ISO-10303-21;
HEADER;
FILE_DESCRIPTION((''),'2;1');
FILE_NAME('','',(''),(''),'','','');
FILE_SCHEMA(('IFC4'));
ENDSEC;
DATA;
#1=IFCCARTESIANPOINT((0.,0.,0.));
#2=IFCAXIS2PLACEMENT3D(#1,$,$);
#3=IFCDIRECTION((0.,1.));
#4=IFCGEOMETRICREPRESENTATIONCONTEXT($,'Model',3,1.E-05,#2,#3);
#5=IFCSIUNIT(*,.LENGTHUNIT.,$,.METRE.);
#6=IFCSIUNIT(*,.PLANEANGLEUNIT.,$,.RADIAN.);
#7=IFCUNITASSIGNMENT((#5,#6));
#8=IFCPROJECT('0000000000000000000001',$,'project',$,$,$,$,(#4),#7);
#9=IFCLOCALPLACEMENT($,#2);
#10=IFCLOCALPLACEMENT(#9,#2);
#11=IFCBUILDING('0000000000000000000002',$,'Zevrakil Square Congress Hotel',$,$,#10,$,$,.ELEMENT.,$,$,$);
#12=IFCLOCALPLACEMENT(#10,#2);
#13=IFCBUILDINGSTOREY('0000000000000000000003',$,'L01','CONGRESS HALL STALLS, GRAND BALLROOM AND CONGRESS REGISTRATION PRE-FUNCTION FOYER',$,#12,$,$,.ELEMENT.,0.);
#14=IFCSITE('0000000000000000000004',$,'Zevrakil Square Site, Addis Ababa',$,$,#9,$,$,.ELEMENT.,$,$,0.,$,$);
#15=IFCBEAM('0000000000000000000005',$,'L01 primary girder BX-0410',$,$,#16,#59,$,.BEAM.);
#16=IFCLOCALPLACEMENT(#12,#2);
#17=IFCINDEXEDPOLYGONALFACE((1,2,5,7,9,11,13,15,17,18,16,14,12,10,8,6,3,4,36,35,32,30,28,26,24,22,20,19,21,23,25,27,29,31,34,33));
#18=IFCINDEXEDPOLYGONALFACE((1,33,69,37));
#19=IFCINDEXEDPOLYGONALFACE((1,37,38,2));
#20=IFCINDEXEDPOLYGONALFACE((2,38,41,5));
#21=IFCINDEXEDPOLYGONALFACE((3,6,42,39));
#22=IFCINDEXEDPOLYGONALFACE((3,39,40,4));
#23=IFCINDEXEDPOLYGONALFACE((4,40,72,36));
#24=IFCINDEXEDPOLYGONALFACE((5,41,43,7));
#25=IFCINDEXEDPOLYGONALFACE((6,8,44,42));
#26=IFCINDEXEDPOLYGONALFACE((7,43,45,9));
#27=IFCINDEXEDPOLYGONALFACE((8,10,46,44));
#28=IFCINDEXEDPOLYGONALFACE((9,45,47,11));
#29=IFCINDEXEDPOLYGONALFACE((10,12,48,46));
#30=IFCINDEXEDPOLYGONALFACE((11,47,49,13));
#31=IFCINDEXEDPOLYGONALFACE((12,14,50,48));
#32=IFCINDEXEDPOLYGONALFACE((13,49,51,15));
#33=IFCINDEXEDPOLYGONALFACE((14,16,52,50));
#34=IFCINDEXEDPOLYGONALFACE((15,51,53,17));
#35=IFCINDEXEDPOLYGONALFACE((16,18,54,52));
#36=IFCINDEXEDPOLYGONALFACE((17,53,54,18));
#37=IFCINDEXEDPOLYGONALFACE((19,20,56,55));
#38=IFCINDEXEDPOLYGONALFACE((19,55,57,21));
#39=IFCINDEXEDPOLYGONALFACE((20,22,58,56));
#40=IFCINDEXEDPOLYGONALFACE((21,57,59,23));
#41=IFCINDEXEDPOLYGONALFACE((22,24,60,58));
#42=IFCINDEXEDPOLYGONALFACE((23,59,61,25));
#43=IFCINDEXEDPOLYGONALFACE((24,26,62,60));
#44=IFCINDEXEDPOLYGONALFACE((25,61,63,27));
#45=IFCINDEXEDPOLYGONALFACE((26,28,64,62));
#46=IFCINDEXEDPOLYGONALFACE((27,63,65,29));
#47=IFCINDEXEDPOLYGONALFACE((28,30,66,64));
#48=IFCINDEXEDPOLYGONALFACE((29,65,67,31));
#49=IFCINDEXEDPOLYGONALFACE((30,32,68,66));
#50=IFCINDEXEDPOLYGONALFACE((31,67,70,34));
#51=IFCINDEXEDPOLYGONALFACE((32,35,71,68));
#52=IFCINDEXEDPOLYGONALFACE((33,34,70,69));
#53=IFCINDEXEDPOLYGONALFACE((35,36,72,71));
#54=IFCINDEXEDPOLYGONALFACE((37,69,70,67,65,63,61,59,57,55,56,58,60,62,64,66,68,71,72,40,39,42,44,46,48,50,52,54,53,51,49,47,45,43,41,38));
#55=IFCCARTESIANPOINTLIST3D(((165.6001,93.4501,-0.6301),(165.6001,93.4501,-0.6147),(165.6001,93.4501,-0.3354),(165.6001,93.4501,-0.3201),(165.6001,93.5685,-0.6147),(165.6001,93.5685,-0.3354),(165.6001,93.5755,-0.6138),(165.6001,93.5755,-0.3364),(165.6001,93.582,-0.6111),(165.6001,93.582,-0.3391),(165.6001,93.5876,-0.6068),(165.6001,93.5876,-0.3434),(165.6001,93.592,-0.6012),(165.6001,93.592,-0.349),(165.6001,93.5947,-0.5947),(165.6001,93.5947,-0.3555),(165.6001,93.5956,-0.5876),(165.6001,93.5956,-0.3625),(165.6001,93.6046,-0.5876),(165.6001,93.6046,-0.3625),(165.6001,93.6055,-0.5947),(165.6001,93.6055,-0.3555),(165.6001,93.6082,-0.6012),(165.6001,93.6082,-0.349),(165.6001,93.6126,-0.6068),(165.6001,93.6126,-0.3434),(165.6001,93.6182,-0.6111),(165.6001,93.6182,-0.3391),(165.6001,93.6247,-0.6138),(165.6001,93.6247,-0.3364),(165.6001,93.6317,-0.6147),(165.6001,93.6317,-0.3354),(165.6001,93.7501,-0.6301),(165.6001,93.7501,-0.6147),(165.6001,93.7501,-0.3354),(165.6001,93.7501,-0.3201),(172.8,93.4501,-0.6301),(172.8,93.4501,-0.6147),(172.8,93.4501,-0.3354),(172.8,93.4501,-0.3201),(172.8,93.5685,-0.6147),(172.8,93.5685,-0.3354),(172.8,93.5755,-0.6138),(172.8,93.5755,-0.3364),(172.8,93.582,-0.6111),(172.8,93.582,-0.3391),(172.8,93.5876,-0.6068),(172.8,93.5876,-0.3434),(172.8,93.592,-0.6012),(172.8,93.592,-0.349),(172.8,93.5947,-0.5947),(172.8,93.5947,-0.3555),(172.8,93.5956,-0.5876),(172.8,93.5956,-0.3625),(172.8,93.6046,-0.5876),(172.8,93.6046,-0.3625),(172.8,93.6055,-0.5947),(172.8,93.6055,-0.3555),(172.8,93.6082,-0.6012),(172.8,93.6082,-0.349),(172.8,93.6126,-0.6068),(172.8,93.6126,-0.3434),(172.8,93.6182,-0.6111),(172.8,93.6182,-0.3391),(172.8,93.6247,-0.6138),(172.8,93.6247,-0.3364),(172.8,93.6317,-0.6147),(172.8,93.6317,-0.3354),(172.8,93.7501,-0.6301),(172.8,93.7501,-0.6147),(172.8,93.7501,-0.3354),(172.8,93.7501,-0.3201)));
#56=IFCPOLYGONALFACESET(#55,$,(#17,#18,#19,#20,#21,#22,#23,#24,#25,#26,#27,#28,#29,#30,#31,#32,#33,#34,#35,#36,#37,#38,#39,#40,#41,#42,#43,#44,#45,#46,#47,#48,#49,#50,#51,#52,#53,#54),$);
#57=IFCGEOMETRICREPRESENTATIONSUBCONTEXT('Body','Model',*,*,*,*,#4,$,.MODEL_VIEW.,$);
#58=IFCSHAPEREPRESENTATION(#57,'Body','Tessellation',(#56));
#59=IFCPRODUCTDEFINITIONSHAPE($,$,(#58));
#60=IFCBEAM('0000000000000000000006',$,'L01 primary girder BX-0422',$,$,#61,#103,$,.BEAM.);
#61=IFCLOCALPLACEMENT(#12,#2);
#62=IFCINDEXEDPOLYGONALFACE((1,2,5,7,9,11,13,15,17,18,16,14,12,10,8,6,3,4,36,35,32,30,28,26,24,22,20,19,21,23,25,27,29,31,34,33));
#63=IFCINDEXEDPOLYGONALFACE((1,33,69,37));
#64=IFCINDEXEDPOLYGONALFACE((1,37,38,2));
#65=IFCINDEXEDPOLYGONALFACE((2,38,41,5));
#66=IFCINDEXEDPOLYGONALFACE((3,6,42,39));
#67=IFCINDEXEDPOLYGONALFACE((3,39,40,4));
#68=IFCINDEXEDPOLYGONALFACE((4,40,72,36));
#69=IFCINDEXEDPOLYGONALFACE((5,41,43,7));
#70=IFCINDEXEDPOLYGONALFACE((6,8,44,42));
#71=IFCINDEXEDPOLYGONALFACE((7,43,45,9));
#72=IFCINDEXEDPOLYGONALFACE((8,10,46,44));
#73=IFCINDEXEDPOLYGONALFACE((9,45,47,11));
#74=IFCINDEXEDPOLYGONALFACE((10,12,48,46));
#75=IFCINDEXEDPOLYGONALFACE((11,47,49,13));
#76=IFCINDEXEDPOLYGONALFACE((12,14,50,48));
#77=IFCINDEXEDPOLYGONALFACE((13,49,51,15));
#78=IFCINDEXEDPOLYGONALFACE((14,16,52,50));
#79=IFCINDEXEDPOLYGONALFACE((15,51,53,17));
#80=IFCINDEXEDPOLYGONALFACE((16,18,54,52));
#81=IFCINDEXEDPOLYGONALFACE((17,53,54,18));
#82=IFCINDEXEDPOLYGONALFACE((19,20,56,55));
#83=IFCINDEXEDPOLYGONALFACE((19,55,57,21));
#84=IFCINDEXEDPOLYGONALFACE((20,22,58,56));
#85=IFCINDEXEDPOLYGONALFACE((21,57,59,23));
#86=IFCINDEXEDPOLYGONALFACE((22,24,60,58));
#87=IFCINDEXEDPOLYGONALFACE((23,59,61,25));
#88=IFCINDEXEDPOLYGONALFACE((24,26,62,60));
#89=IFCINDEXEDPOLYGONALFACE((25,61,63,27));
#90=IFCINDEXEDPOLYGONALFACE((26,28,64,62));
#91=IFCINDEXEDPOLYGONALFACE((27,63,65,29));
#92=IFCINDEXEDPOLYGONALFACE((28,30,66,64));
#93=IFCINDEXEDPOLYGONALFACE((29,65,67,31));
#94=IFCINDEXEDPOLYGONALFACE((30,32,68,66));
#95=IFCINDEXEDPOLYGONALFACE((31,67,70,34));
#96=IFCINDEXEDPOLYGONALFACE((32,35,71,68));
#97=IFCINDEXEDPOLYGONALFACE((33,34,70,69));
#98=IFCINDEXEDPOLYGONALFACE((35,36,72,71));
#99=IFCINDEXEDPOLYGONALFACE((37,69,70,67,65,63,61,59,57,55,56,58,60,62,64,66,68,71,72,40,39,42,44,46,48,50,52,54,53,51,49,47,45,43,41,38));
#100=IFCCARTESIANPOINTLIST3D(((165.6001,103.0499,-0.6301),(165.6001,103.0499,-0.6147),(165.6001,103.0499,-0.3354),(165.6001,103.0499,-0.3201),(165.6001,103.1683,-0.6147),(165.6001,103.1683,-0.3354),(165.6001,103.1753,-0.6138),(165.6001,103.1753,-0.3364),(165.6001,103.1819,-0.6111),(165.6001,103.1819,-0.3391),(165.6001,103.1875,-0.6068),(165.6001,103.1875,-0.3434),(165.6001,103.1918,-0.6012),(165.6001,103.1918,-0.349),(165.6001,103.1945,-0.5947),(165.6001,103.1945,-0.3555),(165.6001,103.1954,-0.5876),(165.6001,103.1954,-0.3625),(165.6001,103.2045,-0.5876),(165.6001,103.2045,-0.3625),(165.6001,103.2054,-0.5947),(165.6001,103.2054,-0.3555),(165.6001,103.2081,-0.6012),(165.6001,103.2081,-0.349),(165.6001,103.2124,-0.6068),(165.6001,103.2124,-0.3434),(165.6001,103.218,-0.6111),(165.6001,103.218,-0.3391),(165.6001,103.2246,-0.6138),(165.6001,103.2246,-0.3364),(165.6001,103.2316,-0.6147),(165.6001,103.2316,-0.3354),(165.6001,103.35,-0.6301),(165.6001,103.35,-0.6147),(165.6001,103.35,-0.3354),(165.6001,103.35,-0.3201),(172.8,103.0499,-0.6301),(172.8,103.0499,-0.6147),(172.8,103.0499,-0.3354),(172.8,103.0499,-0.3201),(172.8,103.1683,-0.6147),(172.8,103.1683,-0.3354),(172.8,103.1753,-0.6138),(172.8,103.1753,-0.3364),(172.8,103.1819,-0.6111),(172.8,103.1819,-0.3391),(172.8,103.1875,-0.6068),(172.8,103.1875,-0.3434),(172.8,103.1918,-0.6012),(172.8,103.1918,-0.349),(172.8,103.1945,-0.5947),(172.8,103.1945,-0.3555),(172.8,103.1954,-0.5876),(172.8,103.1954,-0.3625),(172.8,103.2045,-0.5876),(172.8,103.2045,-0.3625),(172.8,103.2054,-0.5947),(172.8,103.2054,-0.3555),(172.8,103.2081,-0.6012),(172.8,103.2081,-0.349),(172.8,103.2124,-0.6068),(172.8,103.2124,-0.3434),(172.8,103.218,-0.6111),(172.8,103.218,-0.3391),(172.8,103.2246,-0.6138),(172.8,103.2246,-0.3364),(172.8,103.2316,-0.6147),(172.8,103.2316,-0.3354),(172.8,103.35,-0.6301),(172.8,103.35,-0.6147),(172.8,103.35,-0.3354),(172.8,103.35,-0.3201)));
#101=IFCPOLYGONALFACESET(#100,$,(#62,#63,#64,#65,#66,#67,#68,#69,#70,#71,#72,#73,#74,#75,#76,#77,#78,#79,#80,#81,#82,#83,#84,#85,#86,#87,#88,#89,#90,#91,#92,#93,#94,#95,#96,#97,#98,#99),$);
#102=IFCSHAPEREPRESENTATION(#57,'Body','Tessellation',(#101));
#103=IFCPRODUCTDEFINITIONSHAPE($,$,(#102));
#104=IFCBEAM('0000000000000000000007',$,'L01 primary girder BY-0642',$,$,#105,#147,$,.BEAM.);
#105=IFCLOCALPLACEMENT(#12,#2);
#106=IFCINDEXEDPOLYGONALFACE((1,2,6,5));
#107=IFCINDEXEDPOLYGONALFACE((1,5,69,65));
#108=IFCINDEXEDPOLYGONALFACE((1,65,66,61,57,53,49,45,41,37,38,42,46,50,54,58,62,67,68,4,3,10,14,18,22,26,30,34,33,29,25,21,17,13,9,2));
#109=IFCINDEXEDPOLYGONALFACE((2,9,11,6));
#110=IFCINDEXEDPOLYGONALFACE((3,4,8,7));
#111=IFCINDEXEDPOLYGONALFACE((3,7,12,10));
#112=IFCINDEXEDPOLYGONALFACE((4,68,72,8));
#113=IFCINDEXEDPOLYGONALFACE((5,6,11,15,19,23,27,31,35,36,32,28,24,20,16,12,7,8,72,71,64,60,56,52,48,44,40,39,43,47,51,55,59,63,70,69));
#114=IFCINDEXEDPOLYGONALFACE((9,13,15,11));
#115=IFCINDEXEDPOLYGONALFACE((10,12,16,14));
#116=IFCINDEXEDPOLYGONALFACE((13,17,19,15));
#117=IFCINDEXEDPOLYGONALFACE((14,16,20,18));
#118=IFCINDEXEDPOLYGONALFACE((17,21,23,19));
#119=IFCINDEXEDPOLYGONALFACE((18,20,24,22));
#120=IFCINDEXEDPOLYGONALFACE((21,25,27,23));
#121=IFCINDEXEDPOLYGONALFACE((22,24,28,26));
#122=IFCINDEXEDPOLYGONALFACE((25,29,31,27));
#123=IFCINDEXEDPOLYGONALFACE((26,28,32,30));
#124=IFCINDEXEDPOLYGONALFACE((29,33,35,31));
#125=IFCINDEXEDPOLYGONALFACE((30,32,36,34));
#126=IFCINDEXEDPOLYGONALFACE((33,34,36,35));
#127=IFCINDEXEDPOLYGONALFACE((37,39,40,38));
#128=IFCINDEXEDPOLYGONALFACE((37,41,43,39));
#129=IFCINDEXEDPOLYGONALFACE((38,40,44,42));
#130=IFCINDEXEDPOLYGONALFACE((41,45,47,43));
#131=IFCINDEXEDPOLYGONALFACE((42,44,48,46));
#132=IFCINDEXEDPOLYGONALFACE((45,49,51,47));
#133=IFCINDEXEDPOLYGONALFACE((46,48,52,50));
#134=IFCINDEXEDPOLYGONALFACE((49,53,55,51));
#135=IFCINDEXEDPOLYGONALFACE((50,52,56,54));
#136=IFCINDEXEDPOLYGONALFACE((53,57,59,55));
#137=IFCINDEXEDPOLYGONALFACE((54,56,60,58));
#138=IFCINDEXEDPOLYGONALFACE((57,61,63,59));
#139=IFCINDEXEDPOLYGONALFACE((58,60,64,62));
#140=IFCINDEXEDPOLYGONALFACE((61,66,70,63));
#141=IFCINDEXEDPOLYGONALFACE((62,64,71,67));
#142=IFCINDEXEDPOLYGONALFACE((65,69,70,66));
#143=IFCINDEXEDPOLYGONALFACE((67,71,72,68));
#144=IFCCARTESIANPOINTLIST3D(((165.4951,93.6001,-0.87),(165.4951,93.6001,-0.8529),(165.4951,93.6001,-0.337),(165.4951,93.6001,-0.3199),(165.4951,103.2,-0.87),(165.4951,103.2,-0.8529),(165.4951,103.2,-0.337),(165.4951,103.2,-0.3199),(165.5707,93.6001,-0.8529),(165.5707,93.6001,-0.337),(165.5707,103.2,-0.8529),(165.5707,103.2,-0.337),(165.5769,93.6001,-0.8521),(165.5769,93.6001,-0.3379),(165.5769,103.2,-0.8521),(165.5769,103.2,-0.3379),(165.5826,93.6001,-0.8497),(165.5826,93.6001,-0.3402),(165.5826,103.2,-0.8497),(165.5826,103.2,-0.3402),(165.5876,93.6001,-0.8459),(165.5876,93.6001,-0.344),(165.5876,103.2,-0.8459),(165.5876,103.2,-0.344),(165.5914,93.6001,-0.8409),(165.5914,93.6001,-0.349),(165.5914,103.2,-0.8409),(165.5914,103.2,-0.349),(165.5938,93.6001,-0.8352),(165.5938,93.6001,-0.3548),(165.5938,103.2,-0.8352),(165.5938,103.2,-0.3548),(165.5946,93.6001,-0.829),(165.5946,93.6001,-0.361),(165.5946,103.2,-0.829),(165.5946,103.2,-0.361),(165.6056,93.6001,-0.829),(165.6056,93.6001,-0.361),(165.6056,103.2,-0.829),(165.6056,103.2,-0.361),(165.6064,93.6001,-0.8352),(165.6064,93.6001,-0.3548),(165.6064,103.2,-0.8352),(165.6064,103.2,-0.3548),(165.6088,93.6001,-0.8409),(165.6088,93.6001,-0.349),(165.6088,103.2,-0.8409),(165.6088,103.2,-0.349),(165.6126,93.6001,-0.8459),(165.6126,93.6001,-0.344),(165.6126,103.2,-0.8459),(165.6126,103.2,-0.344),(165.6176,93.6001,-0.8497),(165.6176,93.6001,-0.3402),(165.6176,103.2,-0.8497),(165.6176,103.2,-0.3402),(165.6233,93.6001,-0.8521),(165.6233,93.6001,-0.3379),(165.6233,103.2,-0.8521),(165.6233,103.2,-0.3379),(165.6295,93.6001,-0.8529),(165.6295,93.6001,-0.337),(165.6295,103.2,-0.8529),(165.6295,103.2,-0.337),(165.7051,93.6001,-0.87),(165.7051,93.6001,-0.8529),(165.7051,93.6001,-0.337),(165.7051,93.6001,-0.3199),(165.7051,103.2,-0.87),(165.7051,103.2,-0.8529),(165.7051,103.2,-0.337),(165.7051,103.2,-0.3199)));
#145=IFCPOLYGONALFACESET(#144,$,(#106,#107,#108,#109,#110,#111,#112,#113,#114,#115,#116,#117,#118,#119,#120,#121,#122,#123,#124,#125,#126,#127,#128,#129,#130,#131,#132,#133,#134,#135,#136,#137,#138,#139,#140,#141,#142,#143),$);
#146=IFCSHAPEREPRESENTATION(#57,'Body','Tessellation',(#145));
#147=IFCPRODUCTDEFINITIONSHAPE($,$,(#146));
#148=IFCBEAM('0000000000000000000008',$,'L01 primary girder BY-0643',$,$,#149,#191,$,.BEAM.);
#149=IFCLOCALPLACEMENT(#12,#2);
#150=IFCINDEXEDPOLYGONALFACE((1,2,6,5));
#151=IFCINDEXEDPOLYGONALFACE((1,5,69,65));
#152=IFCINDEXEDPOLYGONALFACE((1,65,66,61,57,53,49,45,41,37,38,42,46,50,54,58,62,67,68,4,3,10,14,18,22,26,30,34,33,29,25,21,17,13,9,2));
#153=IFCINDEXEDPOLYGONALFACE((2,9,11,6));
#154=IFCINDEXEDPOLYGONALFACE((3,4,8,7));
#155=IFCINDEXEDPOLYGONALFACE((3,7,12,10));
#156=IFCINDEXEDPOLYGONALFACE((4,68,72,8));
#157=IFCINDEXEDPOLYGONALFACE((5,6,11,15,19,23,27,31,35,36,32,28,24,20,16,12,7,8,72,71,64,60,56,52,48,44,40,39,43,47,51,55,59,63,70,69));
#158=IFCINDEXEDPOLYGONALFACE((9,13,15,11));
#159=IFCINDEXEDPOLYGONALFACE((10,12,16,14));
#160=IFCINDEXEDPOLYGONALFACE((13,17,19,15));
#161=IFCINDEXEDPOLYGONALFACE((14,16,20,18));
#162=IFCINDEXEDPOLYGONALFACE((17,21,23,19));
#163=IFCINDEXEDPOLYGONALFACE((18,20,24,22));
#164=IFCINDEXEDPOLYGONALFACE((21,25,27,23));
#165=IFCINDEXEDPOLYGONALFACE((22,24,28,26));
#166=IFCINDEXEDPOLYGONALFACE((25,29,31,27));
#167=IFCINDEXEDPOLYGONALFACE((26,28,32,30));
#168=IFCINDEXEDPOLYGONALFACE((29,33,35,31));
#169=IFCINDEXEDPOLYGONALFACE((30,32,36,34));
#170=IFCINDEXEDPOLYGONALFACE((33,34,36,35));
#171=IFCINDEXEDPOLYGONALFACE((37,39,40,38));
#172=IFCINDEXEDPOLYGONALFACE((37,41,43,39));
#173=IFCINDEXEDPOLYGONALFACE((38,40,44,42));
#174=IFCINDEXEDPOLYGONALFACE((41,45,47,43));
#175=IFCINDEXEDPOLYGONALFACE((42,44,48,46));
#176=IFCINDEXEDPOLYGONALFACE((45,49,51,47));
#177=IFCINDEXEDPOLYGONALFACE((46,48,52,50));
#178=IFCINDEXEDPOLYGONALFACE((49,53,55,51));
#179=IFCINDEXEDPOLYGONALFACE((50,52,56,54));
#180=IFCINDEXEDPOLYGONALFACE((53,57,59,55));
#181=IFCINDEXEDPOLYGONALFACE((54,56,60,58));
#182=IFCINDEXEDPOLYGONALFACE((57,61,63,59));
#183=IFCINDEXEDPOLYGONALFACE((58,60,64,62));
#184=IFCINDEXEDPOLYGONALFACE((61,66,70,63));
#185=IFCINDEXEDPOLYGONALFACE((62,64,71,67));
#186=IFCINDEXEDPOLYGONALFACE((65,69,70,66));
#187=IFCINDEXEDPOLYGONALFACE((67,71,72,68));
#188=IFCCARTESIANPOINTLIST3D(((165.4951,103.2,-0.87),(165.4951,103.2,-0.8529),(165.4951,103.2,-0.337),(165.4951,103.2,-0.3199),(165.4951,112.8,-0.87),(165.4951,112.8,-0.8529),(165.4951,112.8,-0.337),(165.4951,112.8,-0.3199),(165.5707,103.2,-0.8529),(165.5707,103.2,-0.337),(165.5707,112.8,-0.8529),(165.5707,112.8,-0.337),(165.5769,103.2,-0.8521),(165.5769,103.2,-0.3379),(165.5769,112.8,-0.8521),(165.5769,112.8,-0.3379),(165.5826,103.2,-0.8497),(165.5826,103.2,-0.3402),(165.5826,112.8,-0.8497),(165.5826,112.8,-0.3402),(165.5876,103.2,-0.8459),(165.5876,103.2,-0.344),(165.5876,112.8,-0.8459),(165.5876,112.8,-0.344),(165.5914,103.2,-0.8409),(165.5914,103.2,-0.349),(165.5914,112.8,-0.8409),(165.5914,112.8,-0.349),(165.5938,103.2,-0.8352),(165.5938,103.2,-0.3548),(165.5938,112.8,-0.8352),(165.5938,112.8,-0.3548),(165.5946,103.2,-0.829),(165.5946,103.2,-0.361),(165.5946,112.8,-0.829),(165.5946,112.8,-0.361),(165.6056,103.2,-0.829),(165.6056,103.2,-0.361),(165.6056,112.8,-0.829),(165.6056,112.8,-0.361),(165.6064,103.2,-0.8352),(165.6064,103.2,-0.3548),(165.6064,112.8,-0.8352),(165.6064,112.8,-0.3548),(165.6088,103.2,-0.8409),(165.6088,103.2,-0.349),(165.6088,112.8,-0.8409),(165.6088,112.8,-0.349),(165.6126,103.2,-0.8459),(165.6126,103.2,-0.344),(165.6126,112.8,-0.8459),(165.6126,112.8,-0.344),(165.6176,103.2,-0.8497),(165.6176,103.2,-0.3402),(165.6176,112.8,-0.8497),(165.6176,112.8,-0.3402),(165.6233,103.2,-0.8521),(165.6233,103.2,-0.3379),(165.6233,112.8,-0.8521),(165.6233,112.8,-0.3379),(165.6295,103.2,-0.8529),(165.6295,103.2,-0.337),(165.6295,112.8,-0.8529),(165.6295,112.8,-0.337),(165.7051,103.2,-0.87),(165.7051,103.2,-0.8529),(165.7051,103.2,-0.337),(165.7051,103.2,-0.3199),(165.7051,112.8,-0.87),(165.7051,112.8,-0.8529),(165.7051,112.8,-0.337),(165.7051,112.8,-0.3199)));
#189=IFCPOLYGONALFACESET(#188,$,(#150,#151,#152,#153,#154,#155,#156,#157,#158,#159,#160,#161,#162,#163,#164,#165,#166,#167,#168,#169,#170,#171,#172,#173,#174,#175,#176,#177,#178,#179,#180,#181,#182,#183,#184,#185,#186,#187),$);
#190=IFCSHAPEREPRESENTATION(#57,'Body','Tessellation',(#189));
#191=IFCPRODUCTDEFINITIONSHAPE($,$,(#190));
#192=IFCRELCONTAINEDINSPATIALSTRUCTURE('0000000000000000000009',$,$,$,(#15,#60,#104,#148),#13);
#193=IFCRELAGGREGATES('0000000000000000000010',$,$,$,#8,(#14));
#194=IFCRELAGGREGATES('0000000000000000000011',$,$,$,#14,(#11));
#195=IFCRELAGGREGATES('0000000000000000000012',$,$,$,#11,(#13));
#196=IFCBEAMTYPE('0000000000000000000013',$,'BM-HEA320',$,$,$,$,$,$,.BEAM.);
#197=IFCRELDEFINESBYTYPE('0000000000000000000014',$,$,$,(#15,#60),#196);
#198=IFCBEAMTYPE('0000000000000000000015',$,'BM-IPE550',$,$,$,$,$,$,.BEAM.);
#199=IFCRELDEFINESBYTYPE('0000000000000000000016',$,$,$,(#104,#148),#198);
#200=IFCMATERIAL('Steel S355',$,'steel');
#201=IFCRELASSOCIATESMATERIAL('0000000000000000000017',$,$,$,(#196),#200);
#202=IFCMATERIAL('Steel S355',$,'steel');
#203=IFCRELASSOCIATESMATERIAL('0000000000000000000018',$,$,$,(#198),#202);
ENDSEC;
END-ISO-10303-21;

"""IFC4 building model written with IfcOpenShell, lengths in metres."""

from ifc_helpers import new_model, si_unit, direction, frame, origin, origin_2d, place, context, subcontext, project, spatial, i_section, extrude, material, material_profile, profile_set, type_object, element, save


model = new_model("IFC4")

# Units and contexts
model_context = context("Model", 3, precision=1e-05, world=origin(), true_north=direction((0.0, 1.0)))
body_context = subcontext(model_context, "Body", "Model", "MODEL_VIEW")
ifc_project = project(units=[si_unit("LENGTHUNIT", "METRE"), si_unit("PLANEANGLEUNIT", "RADIAN")], contexts=[model_context])

# Site, building, storey
site_placement = place(None, origin())
site = spatial("IfcSite", under=ifc_project, at=site_placement, Name="Zevrakil Square Site, Addis Ababa", CompositionType="ELEMENT", RefElevation=0.0)
building_placement = place(site_placement, origin())
building = spatial("IfcBuilding", under=site, at=building_placement, Name="Zevrakil Square Congress Hotel", CompositionType="ELEMENT")
storey_placement = place(building_placement, origin())
storey = spatial("IfcBuildingStorey", under=building, at=storey_placement, Name="L01", Description="CONGRESS HALL STALLS, GRAND BALLROOM AND CONGRESS REGISTRATION PRE-FUNCTION FOYER", CompositionType="ELEMENT", Elevation=0.0)

# Beams
ifc_material_1 = material(Name="Steel S355", Category="steel")
ifc_material_profile_1 = material_profile(ifc_material_1, i_section(OverallWidth=0.3, OverallDepth=0.3101, WebThickness=0.009, FlangeThickness=0.0154, FilletRadius=0.0271, at=origin_2d()), Name="HEA 320")
ifc_profile_set_1 = profile_set([ifc_material_profile_1], Name="Steel S355")
beam_type_1 = type_object("IfcBeamType", Name="BM-HEA320", PredefinedType="BEAM", material=ifc_profile_set_1)
for number, where, z_axis, x_axis, name in (
    (1, (165.6001, 93.6001, -0.4751), (1.0, 0.0, 0.0), (0.0, 1.0, 0.0), "L01 primary girder BX-0410"),
    (2, (165.6001, 103.2, -0.4751), (1.0, 0.0, 0.0), (0.0, 1.0, 0.0), "L01 primary girder BX-0422"),
):
    element("IfcBeam", number, at=place(storey_placement, frame(where, z_axis=z_axis, x_axis=x_axis)), inside=storey, type_object=beam_type_1, Name=name, PredefinedType="BEAM", context=body_context, shape_type="SweptSolid", body=[
        extrude(i_section(OverallWidth=0.3, OverallDepth=0.3101, WebThickness=0.009, FlangeThickness=0.0154, FilletRadius=0.0271, at=origin_2d()), origin(), (0.0, 0.0, 1.0), 7.2),
    ])
ifc_material_2 = material(Name="Steel S355", Category="steel")
ifc_material_profile_2 = material_profile(ifc_material_2, i_section(OverallWidth=0.21, OverallDepth=0.55, WebThickness=0.011, FlangeThickness=0.0171, FilletRadius=0.0239, at=origin_2d()), Name="IPE 550")
ifc_profile_set_2 = profile_set([ifc_material_profile_2], Name="Steel S355")
beam_type_2 = type_object("IfcBeamType", Name="BM-IPE550", PredefinedType="BEAM", material=ifc_profile_set_2)
beam_1_placement = place(storey_placement, frame((165.6001, 93.6001, -0.595), z_axis=(0.0, 1.0, 0.0), x_axis=(-1.0, 0.0, 0.0)))
element("IfcBeam", 3, at=beam_1_placement, inside=storey, type_object=beam_type_2, Name="L01 primary girder BY-0642", PredefinedType="BEAM", context=body_context, shape_type="SweptSolid", body=[
    extrude(i_section(OverallWidth=0.21, OverallDepth=0.55, WebThickness=0.011, FlangeThickness=0.0171, FilletRadius=0.0239, at=origin_2d()), origin(), (0.0, 0.0, 1.0), 9.5999),
])
beam_2_placement = place(storey_placement, frame((165.6001, 103.2, -0.595), z_axis=(0.0, 1.0, 0.0), x_axis=(-1.0, 0.0, 0.0)))
element("IfcBeam", 4, at=beam_2_placement, inside=storey, type_object=beam_type_2, Name="L01 primary girder BY-0643", PredefinedType="BEAM", context=body_context, shape_type="SweptSolid", body=[
    extrude(i_section(OverallWidth=0.21, OverallDepth=0.55, WebThickness=0.011, FlangeThickness=0.0171, FilletRadius=0.0239, at=origin_2d()), origin(), (0.0, 0.0, 1.0), 9.6001),
])

save(model, "model.ifc")
